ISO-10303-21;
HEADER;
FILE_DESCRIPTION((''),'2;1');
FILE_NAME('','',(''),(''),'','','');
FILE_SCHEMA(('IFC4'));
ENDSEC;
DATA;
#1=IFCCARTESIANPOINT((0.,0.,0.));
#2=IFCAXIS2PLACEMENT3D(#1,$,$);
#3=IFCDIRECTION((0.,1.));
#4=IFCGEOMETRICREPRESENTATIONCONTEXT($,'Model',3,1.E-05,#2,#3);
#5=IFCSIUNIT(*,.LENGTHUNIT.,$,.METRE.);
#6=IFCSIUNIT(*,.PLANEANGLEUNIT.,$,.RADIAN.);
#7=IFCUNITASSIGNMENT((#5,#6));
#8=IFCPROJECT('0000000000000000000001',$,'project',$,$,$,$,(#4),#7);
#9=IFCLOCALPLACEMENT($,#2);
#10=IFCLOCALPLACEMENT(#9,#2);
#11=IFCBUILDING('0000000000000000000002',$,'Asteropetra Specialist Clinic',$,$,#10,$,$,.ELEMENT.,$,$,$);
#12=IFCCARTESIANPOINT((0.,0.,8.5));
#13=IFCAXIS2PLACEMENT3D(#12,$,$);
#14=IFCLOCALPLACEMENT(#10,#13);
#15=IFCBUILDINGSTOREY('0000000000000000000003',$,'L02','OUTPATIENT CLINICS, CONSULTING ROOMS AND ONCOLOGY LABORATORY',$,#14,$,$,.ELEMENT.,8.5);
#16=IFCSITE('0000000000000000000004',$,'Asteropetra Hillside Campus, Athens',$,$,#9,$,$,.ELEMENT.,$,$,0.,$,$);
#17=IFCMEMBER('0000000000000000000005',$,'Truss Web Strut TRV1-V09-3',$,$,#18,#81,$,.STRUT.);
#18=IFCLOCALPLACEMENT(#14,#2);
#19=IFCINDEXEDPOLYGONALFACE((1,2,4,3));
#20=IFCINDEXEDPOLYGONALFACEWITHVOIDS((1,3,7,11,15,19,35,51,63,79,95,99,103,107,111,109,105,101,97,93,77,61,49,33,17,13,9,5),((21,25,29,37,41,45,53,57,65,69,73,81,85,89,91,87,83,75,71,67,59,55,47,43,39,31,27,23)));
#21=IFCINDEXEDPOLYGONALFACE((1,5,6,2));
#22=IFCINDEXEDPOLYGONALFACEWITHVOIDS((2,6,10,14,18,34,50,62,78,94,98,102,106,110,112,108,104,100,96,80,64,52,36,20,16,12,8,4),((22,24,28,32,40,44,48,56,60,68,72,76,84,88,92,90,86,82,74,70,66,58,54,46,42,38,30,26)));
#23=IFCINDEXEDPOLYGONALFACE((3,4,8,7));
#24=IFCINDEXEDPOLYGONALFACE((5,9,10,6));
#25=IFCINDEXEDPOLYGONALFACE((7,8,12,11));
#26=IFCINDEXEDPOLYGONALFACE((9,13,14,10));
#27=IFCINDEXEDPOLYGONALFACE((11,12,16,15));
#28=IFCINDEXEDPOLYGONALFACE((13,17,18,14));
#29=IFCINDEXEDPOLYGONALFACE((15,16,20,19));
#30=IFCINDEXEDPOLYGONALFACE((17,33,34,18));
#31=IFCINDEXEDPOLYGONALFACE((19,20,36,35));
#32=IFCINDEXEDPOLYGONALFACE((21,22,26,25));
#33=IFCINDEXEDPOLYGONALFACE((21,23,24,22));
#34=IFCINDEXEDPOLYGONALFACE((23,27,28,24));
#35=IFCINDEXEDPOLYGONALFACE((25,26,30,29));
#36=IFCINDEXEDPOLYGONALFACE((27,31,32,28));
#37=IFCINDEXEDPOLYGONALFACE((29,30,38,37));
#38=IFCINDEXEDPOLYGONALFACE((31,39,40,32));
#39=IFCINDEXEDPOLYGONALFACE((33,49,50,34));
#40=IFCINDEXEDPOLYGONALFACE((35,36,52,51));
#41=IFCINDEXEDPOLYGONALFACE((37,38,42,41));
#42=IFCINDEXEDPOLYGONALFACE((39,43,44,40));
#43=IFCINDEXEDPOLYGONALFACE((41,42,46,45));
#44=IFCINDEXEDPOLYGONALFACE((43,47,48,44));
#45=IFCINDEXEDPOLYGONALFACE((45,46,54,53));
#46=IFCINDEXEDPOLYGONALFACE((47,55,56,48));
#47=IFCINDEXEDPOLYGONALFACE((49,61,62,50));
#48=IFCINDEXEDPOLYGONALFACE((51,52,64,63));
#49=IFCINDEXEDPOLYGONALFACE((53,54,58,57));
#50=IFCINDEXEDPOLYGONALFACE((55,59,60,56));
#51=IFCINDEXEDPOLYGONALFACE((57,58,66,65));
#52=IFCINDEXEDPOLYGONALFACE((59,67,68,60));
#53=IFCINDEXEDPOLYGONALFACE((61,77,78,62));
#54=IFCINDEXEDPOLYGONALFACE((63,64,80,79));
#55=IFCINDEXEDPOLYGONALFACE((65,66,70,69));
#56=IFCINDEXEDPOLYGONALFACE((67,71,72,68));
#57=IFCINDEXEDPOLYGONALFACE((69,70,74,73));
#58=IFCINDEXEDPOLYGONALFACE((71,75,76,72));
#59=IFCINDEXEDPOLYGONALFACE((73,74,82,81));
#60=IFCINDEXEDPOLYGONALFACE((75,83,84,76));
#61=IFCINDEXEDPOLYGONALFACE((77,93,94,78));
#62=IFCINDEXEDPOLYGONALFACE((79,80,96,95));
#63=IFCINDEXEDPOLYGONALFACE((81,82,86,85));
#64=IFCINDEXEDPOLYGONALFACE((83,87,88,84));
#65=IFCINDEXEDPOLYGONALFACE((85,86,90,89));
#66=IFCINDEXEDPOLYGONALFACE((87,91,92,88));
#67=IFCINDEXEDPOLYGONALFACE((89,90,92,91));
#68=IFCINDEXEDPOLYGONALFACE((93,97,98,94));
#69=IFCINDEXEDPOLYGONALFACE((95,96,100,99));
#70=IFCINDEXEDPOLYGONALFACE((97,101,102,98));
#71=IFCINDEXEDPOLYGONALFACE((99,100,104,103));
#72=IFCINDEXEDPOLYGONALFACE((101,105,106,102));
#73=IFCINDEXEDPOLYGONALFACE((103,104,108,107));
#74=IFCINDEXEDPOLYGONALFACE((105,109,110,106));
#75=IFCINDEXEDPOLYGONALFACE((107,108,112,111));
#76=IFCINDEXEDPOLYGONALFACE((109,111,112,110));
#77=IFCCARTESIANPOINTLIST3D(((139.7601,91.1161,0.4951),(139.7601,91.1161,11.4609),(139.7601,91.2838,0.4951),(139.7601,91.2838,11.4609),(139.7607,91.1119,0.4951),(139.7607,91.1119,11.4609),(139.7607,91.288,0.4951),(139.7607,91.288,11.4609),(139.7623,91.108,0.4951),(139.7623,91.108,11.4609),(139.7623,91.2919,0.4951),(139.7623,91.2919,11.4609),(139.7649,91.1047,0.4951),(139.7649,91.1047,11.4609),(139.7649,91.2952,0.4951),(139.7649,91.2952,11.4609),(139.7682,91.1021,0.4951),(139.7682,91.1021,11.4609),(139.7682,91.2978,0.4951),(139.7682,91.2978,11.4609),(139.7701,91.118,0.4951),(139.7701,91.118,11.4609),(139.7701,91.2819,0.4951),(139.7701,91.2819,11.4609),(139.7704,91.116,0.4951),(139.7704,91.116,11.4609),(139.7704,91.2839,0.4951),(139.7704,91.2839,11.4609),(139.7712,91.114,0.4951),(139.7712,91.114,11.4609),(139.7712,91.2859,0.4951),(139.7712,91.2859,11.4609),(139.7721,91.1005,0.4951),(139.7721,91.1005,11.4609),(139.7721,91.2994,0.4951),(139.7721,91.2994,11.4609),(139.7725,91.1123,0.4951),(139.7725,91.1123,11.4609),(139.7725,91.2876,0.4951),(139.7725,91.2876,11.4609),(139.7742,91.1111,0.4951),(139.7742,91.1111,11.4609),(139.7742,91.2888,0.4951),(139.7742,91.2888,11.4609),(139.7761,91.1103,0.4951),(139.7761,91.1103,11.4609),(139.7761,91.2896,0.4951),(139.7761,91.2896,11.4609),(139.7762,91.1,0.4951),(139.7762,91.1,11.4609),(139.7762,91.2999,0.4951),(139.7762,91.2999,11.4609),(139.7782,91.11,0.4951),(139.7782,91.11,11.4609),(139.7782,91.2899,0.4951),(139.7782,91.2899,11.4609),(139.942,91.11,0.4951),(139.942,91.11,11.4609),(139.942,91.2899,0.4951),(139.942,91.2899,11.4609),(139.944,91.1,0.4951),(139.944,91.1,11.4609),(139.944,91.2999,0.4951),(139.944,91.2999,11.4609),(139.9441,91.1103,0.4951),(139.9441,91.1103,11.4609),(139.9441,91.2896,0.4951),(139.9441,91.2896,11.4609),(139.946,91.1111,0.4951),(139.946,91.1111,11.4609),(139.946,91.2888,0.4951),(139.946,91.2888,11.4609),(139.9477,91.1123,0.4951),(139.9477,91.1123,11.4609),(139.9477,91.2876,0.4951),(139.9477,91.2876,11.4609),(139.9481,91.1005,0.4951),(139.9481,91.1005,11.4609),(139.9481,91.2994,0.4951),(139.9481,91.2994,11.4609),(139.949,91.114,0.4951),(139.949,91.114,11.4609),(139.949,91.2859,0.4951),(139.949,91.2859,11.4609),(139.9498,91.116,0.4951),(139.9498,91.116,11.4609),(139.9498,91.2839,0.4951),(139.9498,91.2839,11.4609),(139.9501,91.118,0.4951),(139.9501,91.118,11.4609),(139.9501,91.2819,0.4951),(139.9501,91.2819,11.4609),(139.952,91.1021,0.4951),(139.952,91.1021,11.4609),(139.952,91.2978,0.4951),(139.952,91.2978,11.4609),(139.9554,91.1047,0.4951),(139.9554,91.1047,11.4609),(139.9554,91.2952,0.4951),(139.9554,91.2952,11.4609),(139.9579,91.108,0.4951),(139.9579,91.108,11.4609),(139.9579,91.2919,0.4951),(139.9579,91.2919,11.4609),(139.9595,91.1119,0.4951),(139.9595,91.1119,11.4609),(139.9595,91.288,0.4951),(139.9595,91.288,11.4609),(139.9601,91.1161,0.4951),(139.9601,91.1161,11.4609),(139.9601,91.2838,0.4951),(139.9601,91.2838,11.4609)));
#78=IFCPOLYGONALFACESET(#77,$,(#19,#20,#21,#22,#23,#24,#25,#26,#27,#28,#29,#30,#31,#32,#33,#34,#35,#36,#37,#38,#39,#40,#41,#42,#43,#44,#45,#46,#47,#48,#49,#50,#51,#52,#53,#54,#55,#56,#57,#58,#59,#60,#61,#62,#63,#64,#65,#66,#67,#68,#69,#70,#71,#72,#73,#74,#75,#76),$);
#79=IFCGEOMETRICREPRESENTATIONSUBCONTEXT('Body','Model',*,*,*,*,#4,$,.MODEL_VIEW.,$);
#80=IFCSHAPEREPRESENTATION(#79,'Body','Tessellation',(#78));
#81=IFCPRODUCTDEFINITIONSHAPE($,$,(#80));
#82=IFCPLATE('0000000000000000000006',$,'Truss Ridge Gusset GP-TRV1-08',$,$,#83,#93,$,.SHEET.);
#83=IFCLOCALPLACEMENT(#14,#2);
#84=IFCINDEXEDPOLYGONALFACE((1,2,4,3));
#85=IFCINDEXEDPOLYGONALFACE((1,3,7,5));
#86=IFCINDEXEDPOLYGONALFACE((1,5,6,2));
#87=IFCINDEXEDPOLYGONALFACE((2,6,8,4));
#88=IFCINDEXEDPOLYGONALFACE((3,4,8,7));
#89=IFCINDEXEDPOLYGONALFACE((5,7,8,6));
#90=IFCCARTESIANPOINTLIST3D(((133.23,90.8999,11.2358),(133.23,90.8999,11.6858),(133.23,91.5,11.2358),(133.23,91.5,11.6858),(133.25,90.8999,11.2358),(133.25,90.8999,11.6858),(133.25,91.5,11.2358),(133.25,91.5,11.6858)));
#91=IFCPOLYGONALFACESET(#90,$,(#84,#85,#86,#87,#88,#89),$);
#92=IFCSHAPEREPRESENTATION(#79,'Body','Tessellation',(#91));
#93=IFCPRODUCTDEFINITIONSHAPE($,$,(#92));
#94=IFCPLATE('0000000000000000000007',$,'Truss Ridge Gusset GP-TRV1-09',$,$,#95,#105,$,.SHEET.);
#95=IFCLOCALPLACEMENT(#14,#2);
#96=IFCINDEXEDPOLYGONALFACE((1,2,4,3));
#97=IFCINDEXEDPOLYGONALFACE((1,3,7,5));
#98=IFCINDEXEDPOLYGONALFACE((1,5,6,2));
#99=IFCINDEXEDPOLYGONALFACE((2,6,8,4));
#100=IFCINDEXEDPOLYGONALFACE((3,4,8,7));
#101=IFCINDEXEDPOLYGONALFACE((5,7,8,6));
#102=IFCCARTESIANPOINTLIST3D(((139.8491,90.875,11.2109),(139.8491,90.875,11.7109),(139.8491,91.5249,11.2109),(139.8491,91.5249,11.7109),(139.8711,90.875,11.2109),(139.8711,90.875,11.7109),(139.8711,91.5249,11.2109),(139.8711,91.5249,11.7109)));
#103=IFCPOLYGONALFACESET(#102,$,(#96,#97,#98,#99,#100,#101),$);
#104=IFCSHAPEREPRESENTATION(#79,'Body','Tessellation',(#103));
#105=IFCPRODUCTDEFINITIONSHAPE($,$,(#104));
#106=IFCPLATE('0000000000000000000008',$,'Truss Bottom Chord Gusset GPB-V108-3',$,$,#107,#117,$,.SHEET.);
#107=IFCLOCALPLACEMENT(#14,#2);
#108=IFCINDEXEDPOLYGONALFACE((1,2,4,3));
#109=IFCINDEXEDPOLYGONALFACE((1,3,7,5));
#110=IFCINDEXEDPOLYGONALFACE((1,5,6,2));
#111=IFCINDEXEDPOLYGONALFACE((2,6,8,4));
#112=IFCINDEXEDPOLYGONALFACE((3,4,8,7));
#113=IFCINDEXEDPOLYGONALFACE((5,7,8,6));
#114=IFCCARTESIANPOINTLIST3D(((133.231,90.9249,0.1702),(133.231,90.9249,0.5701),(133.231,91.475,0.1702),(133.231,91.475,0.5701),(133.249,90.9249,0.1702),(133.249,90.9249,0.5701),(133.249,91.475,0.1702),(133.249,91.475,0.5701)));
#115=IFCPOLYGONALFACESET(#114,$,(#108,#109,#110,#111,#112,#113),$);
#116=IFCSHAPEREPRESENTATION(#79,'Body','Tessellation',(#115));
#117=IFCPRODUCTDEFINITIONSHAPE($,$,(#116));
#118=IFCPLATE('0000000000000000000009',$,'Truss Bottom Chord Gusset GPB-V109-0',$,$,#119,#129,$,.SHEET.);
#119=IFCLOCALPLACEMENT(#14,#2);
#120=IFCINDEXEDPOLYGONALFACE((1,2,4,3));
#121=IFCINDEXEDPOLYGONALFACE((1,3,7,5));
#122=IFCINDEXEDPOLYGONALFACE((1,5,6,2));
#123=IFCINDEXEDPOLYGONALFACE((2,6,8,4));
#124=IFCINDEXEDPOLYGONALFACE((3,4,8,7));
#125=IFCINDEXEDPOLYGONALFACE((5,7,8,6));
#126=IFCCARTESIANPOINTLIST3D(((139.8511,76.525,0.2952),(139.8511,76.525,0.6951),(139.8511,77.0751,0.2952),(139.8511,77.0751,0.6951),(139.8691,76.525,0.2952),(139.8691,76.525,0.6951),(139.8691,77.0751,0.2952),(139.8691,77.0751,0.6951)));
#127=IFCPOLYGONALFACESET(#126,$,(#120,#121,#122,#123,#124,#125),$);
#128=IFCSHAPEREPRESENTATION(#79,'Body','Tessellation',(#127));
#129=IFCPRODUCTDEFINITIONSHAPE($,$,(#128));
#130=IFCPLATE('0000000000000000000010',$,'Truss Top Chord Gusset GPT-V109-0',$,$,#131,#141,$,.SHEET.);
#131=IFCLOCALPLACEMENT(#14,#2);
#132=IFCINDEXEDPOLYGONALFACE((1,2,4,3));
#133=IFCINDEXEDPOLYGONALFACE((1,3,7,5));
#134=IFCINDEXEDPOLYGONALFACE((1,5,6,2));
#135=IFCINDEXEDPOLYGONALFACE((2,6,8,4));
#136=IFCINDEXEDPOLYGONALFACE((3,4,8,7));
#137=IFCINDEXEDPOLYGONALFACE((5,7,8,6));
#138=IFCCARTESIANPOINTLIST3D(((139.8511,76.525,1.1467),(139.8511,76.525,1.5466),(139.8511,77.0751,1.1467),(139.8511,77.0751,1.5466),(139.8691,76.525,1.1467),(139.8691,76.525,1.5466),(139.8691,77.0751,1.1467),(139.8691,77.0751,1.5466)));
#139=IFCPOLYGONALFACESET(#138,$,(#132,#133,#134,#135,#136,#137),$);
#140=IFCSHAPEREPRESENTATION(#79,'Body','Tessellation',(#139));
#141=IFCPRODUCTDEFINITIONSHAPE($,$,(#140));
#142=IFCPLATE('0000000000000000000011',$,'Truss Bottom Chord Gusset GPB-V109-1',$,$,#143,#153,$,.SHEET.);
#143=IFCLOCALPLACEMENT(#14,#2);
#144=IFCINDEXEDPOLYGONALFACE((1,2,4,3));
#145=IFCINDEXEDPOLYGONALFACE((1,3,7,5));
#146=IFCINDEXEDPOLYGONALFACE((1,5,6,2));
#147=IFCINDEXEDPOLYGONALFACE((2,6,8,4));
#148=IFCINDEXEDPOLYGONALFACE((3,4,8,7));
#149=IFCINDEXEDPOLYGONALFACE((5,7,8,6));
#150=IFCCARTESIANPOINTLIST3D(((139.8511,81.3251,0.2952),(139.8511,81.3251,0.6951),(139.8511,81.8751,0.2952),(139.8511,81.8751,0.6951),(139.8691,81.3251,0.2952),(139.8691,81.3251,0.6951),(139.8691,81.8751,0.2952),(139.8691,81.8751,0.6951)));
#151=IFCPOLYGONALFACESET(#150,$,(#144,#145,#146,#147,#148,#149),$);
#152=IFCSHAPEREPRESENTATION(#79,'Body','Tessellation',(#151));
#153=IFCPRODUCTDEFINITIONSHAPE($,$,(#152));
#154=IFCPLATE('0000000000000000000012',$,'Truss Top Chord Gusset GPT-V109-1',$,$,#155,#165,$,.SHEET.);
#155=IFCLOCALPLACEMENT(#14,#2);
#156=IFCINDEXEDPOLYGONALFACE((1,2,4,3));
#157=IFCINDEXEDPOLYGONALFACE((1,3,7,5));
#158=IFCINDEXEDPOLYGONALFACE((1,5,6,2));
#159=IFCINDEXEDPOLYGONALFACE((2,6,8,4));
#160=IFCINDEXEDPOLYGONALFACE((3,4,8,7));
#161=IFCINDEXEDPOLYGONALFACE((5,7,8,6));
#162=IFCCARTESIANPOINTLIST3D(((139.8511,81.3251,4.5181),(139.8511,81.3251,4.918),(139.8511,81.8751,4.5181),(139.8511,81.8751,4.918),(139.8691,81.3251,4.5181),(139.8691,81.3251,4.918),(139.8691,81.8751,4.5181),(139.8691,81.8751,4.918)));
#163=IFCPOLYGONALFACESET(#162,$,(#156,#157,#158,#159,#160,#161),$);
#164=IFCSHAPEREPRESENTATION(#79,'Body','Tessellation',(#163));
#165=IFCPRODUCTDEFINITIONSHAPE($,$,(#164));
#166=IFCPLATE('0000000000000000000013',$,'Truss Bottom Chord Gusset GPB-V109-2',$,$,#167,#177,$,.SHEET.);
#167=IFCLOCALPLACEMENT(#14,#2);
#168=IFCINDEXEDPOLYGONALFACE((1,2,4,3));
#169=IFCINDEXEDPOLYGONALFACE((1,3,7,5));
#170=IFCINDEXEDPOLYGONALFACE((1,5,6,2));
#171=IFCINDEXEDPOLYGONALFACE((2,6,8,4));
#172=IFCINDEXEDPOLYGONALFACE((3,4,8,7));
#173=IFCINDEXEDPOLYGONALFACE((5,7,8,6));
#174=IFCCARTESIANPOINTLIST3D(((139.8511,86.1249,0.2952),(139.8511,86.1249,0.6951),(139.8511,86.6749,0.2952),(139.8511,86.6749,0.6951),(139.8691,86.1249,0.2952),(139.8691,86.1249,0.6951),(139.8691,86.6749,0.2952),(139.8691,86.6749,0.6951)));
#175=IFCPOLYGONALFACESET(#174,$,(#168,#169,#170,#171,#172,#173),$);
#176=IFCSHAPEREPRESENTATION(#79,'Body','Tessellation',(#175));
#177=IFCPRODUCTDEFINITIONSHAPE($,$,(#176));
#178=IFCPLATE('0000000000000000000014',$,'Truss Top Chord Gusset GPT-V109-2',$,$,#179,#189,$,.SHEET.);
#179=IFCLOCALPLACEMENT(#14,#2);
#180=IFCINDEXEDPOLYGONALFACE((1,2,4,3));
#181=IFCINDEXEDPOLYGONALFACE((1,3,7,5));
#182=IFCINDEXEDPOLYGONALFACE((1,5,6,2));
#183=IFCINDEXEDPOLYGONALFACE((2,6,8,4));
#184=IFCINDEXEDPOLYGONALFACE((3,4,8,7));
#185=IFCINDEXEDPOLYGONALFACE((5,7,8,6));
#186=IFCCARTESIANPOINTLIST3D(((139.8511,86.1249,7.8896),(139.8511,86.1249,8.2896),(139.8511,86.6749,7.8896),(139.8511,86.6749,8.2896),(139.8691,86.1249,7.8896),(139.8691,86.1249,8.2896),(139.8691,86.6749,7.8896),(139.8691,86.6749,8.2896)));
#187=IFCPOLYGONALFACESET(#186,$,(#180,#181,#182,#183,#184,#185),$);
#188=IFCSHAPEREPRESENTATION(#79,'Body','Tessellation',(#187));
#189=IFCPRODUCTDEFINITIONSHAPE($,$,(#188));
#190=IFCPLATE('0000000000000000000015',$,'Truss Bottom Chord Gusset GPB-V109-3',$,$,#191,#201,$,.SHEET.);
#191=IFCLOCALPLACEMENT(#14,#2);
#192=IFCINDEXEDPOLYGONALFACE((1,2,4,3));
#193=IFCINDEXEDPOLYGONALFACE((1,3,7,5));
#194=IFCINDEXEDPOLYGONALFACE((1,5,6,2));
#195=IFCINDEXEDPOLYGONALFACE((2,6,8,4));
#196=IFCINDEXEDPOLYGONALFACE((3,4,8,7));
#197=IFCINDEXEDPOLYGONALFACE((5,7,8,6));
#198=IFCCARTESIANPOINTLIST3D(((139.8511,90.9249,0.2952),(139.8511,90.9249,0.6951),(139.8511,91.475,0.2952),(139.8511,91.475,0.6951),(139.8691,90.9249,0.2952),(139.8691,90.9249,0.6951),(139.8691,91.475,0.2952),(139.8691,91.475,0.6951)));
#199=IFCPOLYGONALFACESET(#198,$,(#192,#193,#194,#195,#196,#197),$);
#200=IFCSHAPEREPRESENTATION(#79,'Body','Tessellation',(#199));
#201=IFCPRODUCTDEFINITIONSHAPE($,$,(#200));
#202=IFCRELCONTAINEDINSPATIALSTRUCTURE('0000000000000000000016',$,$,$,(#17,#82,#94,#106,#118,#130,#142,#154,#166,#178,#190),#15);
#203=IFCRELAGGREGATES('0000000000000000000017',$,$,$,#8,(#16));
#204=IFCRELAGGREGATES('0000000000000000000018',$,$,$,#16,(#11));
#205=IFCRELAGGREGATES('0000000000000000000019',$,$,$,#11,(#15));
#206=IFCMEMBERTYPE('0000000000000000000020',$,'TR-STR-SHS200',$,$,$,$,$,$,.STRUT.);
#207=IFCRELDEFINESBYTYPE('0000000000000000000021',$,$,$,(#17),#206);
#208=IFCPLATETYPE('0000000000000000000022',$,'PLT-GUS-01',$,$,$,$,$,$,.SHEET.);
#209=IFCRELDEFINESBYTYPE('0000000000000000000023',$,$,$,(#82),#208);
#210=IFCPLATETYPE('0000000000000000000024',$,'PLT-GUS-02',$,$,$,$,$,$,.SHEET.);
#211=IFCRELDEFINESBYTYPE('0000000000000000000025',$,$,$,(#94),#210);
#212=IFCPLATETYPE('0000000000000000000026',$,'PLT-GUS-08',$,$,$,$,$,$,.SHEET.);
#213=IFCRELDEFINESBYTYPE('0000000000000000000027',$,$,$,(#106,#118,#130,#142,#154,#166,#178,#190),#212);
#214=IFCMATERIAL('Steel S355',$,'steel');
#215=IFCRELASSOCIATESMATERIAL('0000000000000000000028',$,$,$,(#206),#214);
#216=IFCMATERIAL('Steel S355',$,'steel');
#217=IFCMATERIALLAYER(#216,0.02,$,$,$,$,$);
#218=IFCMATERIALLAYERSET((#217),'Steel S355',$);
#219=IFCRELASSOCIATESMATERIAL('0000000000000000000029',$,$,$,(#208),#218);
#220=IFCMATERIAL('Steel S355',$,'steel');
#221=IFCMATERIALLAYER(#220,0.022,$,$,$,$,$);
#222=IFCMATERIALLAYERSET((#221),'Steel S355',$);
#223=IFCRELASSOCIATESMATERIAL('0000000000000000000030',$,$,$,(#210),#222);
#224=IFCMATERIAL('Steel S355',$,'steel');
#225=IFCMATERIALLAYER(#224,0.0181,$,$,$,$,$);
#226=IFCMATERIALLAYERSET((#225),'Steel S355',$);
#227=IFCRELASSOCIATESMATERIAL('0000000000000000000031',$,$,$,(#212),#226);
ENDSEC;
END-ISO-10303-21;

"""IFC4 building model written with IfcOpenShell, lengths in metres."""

from ifc_helpers import new_model, si_unit, direction, frame, origin, origin_2d, place, context, subcontext, project, spatial, rectangle, hollow_rectangle, extrude, material, layer, layer_set, material_profile, profile_set, type_object, element, save


model = new_model("IFC4")

# Units and contexts
model_context = context("Model", 3, precision=1e-05, world=origin(), true_north=direction((0.0, 1.0)))
body_context = subcontext(model_context, "Body", "Model", "MODEL_VIEW")
ifc_project = project(units=[si_unit("LENGTHUNIT", "METRE"), si_unit("PLANEANGLEUNIT", "RADIAN")], contexts=[model_context])

# Site, building, storey
site_placement = place(None, origin())
site = spatial("IfcSite", under=ifc_project, at=site_placement, Name="Asteropetra Hillside Campus, Athens", CompositionType="ELEMENT", RefElevation=0.0)
building_placement = place(site_placement, origin())
building = spatial("IfcBuilding", under=site, at=building_placement, Name="Asteropetra Specialist Clinic", CompositionType="ELEMENT")
storey_placement = place(building_placement, frame((0.0, 0.0, 8.5)))
storey = spatial("IfcBuildingStorey", under=building, at=storey_placement, Name="L02", Description="OUTPATIENT CLINICS, CONSULTING ROOMS AND ONCOLOGY LABORATORY", CompositionType="ELEMENT", Elevation=8.5)

# Member
ifc_material_1 = material(Name="Steel S355", Category="steel")
ifc_material_profile_1 = material_profile(ifc_material_1, hollow_rectangle(XDim=0.2, YDim=0.2, WallThickness=0.01, InnerFilletRadius=0.0081, OuterFilletRadius=0.0161, at=origin_2d()), Name="SHS 200x200x10.0")
ifc_profile_set_1 = profile_set([ifc_material_profile_1], Name="Steel S355")
member_type_1 = type_object("IfcMemberType", Name="TR-STR-SHS200", PredefinedType="STRUT", material=ifc_profile_set_1)
member_1_placement = place(storey_placement, frame((139.8601, 91.2, 0.4951), z_axis=(0.0, 0.0, 1.0), x_axis=(1.0, 0.0, 0.0)))
element("IfcMember", 1, at=member_1_placement, inside=storey, type_object=member_type_1, Name="Truss Web Strut TRV1-V09-3", PredefinedType="STRUT", context=body_context, shape_type="SweptSolid", body=[
    extrude(hollow_rectangle(XDim=0.2, YDim=0.2, WallThickness=0.01, InnerFilletRadius=0.0081, OuterFilletRadius=0.0161, at=origin_2d()), origin(), (0.0, 0.0, 1.0), 10.9658),
])

# Plates
ifc_material_2 = material(Name="Steel S355", Category="steel")
ifc_layer_1 = layer(ifc_material_2, 0.02)
ifc_layer_set_1 = layer_set([ifc_layer_1], Name="Steel S355")
plate_type_1 = type_object("IfcPlateType", Name="PLT-GUS-01", PredefinedType="SHEET", material=ifc_layer_set_1)
plate_1_placement = place(storey_placement, frame((133.24, 91.2, 11.2358), z_axis=(0.0, 0.0, 1.0), x_axis=(1.0, 0.0, 0.0)))
element("IfcPlate", 2, at=plate_1_placement, inside=storey, type_object=plate_type_1, Name="Truss Ridge Gusset GP-TRV1-08", PredefinedType="SHEET", context=body_context, shape_type="SweptSolid", body=[
    extrude(rectangle(XDim=0.02, YDim=0.6001, at=origin_2d()), origin(), (0.0, 0.0, 1.0), 0.45),
])
ifc_material_3 = material(Name="Steel S355", Category="steel")
ifc_layer_2 = layer(ifc_material_3, 0.022)
ifc_layer_set_2 = layer_set([ifc_layer_2], Name="Steel S355")
plate_type_2 = type_object("IfcPlateType", Name="PLT-GUS-02", PredefinedType="SHEET", material=ifc_layer_set_2)
plate_2_placement = place(storey_placement, frame((139.8601, 91.2, 11.2109), z_axis=(0.0, 0.0, 1.0), x_axis=(1.0, 0.0, 0.0)))
element("IfcPlate", 3, at=plate_2_placement, inside=storey, type_object=plate_type_2, Name="Truss Ridge Gusset GP-TRV1-09", PredefinedType="SHEET", context=body_context, shape_type="SweptSolid", body=[
    extrude(rectangle(XDim=0.022, YDim=0.6499, at=origin_2d()), origin(), (0.0, 0.0, 1.0), 0.5),
])
ifc_material_4 = material(Name="Steel S355", Category="steel")
ifc_layer_3 = layer(ifc_material_4, 0.0181)
ifc_layer_set_3 = layer_set([ifc_layer_3], Name="Steel S355")
plate_type_3 = type_object("IfcPlateType", Name="PLT-GUS-08", PredefinedType="SHEET", material=ifc_layer_set_3)
for number, where, z_axis, x_axis, name in (
    (4, (133.24, 91.2, 0.1702), (0.0, 0.0, 1.0), (1.0, 0.0, 0.0), "Truss Bottom Chord Gusset GPB-V108-3"),
    (5, (139.8601, 76.8, 0.2952), (0.0, 0.0, 1.0), (1.0, 0.0, 0.0), "Truss Bottom Chord Gusset GPB-V109-0"),
    (6, (139.8601, 76.8, 1.1467), (0.0, 0.0, 1.0), (1.0, 0.0, 0.0), "Truss Top Chord Gusset GPT-V109-0"),
    (7, (139.8601, 81.6001, 0.2952), (0.0, 0.0, 1.0), (1.0, 0.0, 0.0), "Truss Bottom Chord Gusset GPB-V109-1"),
    (8, (139.8601, 81.6001, 4.5181), (0.0, 0.0, 1.0), (1.0, 0.0, 0.0), "Truss Top Chord Gusset GPT-V109-1"),
    (9, (139.8601, 86.3999, 0.2952), (0.0, 0.0, 1.0), (1.0, 0.0, 0.0), "Truss Bottom Chord Gusset GPB-V109-2"),
    (10, (139.8601, 86.3999, 7.8896), (0.0, 0.0, 1.0), (1.0, 0.0, 0.0), "Truss Top Chord Gusset GPT-V109-2"),
    (11, (139.8601, 91.2, 0.2952), (0.0, 0.0, 1.0), (1.0, 0.0, 0.0), "Truss Bottom Chord Gusset GPB-V109-3"),
):
    element("IfcPlate", number, at=place(storey_placement, frame(where, z_axis=z_axis, x_axis=x_axis)), inside=storey, type_object=plate_type_3, Name=name, PredefinedType="SHEET", context=body_context, shape_type="SweptSolid", body=[
        extrude(rectangle(XDim=0.0181, YDim=0.55, at=origin_2d()), origin(), (0.0, 0.0, 1.0), 0.3999),
    ])

save(model, "model.ifc")
